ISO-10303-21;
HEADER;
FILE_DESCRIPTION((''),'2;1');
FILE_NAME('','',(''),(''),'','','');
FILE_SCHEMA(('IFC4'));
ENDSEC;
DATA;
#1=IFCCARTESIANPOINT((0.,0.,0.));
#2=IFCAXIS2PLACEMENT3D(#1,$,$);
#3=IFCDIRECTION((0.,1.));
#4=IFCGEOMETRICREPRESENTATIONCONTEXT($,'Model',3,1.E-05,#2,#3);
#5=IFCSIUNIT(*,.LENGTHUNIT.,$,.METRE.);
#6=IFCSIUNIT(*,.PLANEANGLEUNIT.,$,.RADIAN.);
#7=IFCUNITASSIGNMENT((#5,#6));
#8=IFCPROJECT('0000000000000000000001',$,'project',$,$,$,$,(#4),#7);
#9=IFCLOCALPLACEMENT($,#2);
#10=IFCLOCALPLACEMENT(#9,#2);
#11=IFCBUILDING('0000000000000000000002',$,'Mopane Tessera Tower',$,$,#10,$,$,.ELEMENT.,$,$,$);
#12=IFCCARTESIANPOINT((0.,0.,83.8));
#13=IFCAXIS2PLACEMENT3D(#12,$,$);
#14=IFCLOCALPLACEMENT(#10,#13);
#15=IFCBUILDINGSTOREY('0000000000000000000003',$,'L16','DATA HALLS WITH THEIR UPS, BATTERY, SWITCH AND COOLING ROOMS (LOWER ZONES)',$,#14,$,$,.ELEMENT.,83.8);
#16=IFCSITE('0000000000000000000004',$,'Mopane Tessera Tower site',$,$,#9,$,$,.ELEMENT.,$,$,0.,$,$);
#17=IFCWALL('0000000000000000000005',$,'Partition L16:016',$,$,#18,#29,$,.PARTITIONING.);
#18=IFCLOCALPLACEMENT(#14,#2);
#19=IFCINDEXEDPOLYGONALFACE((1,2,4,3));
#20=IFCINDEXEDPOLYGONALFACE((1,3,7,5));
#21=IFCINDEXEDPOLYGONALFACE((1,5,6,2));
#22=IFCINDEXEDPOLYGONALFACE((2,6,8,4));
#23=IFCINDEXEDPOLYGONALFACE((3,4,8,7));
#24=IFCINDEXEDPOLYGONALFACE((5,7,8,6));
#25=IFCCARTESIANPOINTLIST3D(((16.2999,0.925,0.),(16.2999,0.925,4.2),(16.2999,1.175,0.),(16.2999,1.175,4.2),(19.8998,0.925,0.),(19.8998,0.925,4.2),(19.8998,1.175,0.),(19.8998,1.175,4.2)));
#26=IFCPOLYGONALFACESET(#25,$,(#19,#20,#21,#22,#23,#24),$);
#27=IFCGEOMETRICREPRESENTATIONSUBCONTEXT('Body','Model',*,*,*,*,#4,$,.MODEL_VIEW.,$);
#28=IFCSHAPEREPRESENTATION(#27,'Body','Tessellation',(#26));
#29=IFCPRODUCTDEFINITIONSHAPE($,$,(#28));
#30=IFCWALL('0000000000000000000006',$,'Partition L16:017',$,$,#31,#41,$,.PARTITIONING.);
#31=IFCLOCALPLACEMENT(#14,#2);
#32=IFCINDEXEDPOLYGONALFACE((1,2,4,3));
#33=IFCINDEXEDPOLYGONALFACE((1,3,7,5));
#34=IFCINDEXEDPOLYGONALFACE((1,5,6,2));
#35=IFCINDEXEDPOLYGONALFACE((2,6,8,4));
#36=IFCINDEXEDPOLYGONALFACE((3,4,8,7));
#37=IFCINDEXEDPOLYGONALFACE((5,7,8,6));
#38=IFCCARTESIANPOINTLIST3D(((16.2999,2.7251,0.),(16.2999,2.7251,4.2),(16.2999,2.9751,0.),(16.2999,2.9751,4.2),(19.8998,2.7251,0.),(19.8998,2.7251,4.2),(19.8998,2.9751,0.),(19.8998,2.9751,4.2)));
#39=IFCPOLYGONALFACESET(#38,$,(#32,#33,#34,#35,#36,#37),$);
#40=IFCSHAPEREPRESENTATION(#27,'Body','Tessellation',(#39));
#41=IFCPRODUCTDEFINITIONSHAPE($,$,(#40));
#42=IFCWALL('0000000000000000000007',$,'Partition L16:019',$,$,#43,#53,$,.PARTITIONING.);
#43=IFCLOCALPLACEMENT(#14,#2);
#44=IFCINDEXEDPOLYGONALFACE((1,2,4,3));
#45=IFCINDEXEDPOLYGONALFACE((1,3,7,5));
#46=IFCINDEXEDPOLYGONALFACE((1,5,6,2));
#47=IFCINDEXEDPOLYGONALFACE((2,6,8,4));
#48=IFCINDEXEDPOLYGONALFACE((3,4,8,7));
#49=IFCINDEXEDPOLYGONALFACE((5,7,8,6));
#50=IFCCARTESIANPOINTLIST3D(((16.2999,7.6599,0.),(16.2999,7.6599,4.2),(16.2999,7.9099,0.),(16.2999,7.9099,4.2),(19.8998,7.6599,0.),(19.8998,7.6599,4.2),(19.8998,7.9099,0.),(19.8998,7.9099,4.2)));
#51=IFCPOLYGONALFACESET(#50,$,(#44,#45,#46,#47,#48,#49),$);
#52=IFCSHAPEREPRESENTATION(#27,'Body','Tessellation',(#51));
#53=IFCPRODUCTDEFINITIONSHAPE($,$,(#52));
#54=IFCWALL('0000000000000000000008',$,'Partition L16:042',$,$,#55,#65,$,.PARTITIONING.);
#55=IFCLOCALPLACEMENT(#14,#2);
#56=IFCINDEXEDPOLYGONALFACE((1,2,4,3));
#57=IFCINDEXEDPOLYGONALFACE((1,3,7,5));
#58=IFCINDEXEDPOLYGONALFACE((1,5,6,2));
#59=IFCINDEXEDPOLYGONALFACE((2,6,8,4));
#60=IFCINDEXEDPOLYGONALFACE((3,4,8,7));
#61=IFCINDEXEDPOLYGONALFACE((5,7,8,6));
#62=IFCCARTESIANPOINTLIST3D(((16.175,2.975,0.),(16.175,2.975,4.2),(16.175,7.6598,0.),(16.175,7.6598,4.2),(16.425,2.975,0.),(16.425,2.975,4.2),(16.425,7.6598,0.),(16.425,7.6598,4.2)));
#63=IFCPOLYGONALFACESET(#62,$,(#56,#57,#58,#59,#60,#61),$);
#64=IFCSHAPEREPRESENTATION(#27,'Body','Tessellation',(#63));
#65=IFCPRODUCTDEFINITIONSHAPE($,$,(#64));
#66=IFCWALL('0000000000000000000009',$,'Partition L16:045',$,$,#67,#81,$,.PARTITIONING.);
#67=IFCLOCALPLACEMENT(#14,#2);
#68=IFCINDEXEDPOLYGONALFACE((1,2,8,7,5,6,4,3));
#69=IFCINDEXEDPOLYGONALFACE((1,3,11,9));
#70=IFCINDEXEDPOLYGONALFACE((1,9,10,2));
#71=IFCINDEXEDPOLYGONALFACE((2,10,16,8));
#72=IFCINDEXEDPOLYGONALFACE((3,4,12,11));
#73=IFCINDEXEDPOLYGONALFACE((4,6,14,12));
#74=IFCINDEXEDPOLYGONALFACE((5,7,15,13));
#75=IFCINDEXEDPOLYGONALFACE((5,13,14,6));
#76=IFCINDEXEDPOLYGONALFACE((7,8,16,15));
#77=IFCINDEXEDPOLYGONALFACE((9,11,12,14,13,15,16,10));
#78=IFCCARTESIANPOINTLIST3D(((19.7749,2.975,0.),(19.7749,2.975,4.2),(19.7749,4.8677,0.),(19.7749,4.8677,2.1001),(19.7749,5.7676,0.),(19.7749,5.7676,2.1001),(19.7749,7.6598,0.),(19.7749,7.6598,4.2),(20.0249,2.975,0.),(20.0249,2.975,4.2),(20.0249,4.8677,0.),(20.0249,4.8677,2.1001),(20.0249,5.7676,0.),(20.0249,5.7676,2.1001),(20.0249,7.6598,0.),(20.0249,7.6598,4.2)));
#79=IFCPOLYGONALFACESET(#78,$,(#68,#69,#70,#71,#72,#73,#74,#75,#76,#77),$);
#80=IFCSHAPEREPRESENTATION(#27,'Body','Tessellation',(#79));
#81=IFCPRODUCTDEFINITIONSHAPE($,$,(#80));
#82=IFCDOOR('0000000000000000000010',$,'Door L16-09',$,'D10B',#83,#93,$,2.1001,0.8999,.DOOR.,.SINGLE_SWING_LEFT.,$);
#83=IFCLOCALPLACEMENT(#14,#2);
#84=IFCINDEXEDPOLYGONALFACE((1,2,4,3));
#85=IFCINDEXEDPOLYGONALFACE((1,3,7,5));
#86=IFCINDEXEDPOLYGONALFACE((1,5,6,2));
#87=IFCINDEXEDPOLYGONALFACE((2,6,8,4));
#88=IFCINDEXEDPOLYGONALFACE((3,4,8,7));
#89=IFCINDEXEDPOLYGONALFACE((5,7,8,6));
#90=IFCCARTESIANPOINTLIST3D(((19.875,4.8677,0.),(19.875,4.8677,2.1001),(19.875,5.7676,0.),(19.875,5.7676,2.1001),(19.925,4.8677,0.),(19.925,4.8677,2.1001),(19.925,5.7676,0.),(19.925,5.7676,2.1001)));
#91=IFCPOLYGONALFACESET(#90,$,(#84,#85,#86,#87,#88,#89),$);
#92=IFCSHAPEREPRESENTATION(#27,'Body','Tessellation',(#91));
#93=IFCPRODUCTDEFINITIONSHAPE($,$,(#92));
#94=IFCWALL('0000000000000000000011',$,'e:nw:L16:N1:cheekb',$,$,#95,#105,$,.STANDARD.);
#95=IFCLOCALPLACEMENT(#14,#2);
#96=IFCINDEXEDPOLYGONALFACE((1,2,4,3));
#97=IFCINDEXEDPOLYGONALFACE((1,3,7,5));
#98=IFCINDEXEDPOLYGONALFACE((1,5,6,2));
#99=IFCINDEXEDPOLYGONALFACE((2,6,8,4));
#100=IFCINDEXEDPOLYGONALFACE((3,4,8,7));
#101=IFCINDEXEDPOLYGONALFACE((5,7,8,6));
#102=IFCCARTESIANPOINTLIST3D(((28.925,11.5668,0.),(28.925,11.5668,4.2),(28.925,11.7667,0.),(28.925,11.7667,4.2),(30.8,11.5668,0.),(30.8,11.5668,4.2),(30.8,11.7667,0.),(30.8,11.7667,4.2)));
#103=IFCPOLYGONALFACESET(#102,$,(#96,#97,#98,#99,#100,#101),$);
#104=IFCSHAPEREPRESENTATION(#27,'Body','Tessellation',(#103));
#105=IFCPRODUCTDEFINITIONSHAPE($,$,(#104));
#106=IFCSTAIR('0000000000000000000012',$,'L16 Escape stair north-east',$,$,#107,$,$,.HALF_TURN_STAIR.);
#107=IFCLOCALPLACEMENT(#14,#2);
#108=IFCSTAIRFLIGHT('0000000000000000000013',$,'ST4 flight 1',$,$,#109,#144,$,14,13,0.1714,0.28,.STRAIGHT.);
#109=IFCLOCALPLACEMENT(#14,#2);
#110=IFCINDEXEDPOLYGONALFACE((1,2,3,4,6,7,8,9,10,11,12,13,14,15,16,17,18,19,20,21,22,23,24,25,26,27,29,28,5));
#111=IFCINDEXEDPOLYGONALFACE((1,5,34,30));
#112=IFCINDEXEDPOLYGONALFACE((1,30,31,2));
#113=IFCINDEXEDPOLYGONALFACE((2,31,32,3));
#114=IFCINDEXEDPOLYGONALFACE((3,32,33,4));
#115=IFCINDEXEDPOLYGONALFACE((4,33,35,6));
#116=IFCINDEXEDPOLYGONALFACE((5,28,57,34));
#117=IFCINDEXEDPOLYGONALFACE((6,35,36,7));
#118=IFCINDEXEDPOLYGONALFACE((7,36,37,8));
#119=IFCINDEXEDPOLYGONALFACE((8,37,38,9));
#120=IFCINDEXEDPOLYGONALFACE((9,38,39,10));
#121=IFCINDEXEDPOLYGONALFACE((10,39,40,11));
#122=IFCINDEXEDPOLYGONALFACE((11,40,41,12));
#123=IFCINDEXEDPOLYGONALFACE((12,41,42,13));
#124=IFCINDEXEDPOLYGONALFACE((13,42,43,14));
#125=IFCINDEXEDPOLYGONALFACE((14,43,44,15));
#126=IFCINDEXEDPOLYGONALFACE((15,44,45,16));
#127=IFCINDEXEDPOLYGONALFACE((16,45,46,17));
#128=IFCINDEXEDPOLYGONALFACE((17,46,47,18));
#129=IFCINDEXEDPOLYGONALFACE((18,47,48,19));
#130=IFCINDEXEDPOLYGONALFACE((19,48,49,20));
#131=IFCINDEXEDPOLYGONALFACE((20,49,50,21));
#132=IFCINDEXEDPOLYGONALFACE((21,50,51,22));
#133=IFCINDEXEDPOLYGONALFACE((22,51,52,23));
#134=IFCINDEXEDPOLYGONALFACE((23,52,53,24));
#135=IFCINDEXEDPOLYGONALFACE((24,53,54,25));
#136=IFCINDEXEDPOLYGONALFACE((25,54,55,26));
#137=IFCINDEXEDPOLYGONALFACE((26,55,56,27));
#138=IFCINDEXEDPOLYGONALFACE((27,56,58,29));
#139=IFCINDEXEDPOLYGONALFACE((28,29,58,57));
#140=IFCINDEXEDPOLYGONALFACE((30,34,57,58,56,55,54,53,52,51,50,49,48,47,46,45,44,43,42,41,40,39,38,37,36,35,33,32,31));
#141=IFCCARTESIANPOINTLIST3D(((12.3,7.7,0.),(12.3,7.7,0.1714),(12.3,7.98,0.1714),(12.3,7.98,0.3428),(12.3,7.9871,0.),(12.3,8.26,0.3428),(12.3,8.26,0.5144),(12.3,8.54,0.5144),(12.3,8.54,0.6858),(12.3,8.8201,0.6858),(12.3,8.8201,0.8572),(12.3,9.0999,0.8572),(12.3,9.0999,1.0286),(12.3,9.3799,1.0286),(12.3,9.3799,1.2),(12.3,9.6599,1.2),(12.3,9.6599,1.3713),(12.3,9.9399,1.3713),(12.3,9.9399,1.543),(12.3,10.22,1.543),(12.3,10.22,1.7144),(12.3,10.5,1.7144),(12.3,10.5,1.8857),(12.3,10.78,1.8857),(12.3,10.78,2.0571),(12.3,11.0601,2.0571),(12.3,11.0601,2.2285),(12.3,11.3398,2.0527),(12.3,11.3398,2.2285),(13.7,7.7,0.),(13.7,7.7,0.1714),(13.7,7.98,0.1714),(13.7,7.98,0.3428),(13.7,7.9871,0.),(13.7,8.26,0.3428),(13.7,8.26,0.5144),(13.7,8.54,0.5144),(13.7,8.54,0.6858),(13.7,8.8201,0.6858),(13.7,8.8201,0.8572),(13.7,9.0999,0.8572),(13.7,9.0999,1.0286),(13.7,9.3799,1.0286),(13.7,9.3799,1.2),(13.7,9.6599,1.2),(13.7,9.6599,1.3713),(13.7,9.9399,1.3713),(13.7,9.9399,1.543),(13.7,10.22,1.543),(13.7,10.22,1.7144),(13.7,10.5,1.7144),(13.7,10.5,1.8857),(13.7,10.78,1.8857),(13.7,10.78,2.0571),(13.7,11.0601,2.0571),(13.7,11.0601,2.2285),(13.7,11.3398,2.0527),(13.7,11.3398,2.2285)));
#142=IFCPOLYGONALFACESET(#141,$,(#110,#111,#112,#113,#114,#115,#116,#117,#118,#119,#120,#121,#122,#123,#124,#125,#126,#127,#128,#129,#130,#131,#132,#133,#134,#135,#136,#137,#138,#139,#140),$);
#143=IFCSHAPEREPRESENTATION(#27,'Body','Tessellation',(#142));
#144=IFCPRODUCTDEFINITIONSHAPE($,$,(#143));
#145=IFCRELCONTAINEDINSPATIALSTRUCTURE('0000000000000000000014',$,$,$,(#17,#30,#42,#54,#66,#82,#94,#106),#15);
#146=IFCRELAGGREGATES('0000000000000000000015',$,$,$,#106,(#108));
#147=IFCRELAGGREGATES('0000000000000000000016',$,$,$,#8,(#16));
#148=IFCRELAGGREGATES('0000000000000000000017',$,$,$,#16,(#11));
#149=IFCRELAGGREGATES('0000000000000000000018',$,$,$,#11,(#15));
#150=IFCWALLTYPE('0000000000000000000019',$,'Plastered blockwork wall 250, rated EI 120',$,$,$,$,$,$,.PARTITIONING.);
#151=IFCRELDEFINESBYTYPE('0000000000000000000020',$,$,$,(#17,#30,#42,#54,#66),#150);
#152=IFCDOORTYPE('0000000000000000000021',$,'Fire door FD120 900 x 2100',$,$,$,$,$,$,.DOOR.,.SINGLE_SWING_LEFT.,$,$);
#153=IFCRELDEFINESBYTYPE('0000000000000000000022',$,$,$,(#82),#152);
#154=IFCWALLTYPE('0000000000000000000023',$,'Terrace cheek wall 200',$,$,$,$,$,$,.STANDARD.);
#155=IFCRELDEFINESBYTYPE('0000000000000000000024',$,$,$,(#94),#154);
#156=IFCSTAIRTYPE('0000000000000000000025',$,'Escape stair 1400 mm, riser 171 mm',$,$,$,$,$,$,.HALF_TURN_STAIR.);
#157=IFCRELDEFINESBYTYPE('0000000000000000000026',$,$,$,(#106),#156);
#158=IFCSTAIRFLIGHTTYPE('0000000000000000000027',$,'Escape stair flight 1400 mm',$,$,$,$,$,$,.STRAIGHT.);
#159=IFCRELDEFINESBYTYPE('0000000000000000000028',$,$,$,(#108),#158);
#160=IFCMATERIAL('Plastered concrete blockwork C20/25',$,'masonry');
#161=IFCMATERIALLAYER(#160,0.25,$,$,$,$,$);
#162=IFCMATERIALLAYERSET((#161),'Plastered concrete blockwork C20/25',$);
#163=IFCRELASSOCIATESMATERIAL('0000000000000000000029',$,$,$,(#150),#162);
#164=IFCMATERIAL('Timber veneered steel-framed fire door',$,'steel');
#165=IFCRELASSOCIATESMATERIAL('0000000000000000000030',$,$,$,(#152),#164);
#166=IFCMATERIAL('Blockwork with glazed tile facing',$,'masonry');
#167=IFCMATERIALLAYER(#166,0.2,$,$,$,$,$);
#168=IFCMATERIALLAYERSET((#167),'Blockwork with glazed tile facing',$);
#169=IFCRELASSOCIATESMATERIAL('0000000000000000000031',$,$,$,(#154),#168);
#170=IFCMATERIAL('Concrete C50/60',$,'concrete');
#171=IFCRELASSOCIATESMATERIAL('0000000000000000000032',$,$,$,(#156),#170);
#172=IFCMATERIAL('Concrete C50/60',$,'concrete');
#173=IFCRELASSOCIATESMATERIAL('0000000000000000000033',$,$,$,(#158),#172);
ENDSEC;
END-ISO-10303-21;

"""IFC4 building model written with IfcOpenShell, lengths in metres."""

from ifc_helpers import new_model, si_unit, direction, frame, frame_2d, origin, place, context, subcontext, project, spatial, polyline, rectangle, outline, extrude, material, layer, layer_set, type_object, element, fill, aggregate, save


model = new_model("IFC4")

# Units and contexts
model_context = context("Model", 3, precision=1e-05, world=origin(), true_north=direction((0.0, 1.0)))
body_context = subcontext(model_context, "Body", "Model", "MODEL_VIEW")
ifc_project = project(units=[si_unit("LENGTHUNIT", "METRE"), si_unit("PLANEANGLEUNIT", "RADIAN")], contexts=[model_context])

# Site, building, storey
site_placement = place(None, origin())
site = spatial("IfcSite", under=ifc_project, at=site_placement, Name="Mopane Tessera Tower site", CompositionType="ELEMENT", RefElevation=0.0)
building_placement = place(site_placement, origin())
building = spatial("IfcBuilding", under=site, at=building_placement, Name="Mopane Tessera Tower", CompositionType="ELEMENT")
storey_placement = place(building_placement, frame((0.0, 0.0, 83.8)))
storey = spatial("IfcBuildingStorey", under=building, at=storey_placement, Name="L16", Description="DATA HALLS WITH THEIR UPS, BATTERY, SWITCH AND COOLING ROOMS (LOWER ZONES)", CompositionType="ELEMENT", Elevation=83.8)

# Walls
ifc_material_1 = material(Name="Plastered concrete blockwork C20/25", Category="masonry")
ifc_layer_1 = layer(ifc_material_1, 0.25)
ifc_layer_set_1 = layer_set([ifc_layer_1], Name="Plastered concrete blockwork C20/25")
wall_type_1 = type_object("IfcWallType", Name="Plastered blockwork wall 250, rated EI 120", PredefinedType="PARTITIONING", material=ifc_layer_set_1)
for number, where, z_axis, x_axis, name in (
    (1, (16.3, 1.05, 0.0), (0.0, 0.0, 1.0), (1.0, 0.0, 0.0), "Partition L16:016"),
    (2, (16.3, 2.8501, 0.0), (0.0, 0.0, 1.0), (1.0, 0.0, 0.0), "Partition L16:017"),
    (3, (16.3, 7.7849, 0.0), (0.0, 0.0, 1.0), (1.0, 0.0, 0.0), "Partition L16:019"),
):
    element("IfcWall", number, at=place(storey_placement, frame(where, z_axis=z_axis, x_axis=x_axis)), inside=storey, type_object=wall_type_1, Name=name, PredefinedType="PARTITIONING", context=body_context, shape_type="SweptSolid", body=[
        extrude(rectangle(XDim=3.5999, YDim=0.25, at=frame_2d((1.7998, 0.0))), origin(), (0.0, 0.0, 1.0), 4.2),
    ])
wall_1_placement = place(storey_placement, frame((16.3, 2.9751, 0.0), z_axis=(0.0, 0.0, 1.0), x_axis=(0.0, 1.0, 0.0)))
element("IfcWall", 4, at=wall_1_placement, inside=storey, type_object=wall_type_1, Name="Partition L16:042", PredefinedType="PARTITIONING", context=body_context, shape_type="SweptSolid", body=[
    extrude(rectangle(XDim=4.6848, YDim=0.25, at=frame_2d((2.3423, 0.0))), origin(), (0.0, 0.0, 1.0), 4.2),
])

# Wall, opening, door
wall_2_placement = place(storey_placement, frame((19.8999, 2.9751, 0.0), z_axis=(0.0, 0.0, 1.0), x_axis=(0.0, 1.0, 0.0)))
wall_2 = element("IfcWall", 5, at=wall_2_placement, inside=storey, type_object=wall_type_1, Name="Partition L16:045", PredefinedType="PARTITIONING", context=body_context, shape_type="SweptSolid", body=[
    extrude(rectangle(XDim=4.6848, YDim=0.25, at=frame_2d((2.3423, 0.0))), origin(), (0.0, 0.0, 1.0), 4.2),
])
opening_1_placement = place(wall_2_placement, frame((1.8926, 0.0, 0.0)))
opening_1 = element("IfcOpeningElement", 6, at=opening_1_placement, cuts=wall_2, PredefinedType="OPENING", context=body_context, shape_type="SweptSolid", body=[
    extrude(rectangle(XDim=0.8999, YDim=2.1001, at=frame_2d((0.45, 1.05))), frame((0.0, 0.137, 0.0), z_axis=(0.0, -1.0, 0.0), x_axis=(1.0, 0.0, 0.0)), (0.0, 0.0, 1.0), 0.2739),
])
ifc_material_2 = material(Name="Timber veneered steel-framed fire door", Category="steel")
door_type_1 = type_object("IfcDoorType", Name="Fire door FD120 900 x 2100", OperationType="SINGLE_SWING_LEFT", PredefinedType="DOOR", material=ifc_material_2)
door_1_placement = place(opening_1_placement, origin())
door_1 = element("IfcDoor", 7, at=door_1_placement, inside=storey, type_object=door_type_1, Name="Door L16-09", ObjectType="D10B", OperationType="SINGLE_SWING_LEFT", OverallHeight=2.1001, OverallWidth=0.8999, PredefinedType="DOOR", context=body_context, shape_type="SweptSolid", body=[
    extrude(rectangle(XDim=0.8999, YDim=2.1001, at=frame_2d((0.45, 1.05))), frame((0.0, 0.0249, 0.0), z_axis=(0.0, -1.0, 0.0), x_axis=(1.0, 0.0, 0.0)), (0.0, 0.0, 1.0), 0.05),
])
fill(opening_1, door_1)

# Wall
ifc_material_3 = material(Name="Blockwork with glazed tile facing", Category="masonry")
ifc_layer_2 = layer(ifc_material_3, 0.2)
ifc_layer_set_2 = layer_set([ifc_layer_2], Name="Blockwork with glazed tile facing")
wall_type_2 = type_object("IfcWallType", Name="Terrace cheek wall 200", PredefinedType="STANDARD", material=ifc_layer_set_2)
wall_3_placement = place(storey_placement, frame((30.8, 11.6667, 0.0), z_axis=(0.0, 0.0, 1.0), x_axis=(-1.0, 0.0, 0.0)))
element("IfcWall", 8, at=wall_3_placement, inside=storey, type_object=wall_type_2, Name="e:nw:L16:N1:cheekb", PredefinedType="STANDARD", context=body_context, shape_type="SweptSolid", body=[
    extrude(rectangle(XDim=1.875, YDim=0.2, at=frame_2d((0.9375, 0.0))), origin(), (0.0, 0.0, 1.0), 4.2),
])

# Stair, stair flight
ifc_material_4 = material(Name="Concrete C50/60", Category="concrete")
stair_type = type_object("IfcStairType", Name="Escape stair 1400 mm, riser 171 mm", PredefinedType="HALF_TURN_STAIR", material=ifc_material_4)
stair_placement = place(storey_placement, origin())
stair = element("IfcStair", 9, at=stair_placement, inside=storey, type_object=stair_type, Name="L16 Escape stair north-east", PredefinedType="HALF_TURN_STAIR")
ifc_material_5 = material(Name="Concrete C50/60", Category="concrete")
stair_flight_type = type_object("IfcStairFlightType", Name="Escape stair flight 1400 mm", PredefinedType="STRAIGHT", material=ifc_material_5)
stair_flight_placement = place(storey_placement, frame((13.0, 7.7, 0.0), z_axis=(0.0, 0.0, 1.0), x_axis=(0.0, 1.0, 0.0)))
stair_flight = element("IfcStairFlight", 10, at=stair_flight_placement, type_object=stair_flight_type, Name="ST4 flight 1", NumberOfRisers=14, NumberOfTreads=13, PredefinedType="STRAIGHT", RiserHeight=0.1714, TreadLength=0.28, context=body_context, shape_type="SweptSolid", body=[
    extrude(outline(polyline([(0.0, 0.0), (0.0, 0.1714), (0.28, 0.1714), (0.28, 0.3428), (0.5601, 0.3428), (0.5601, 0.5144), (0.8401, 0.5144), (0.8401, 0.6858), (1.1201, 0.6858), (1.1201, 0.8572), (1.3999, 0.8572), (1.3999, 1.0286), (1.6799, 1.0286), (1.6799, 1.2), (1.96, 1.2), (1.96, 1.3713), (2.24, 1.3713), (2.24, 1.543), (2.52, 1.543), (2.52, 1.7144), (2.8, 1.7144), (2.8, 1.8857), (3.0801, 1.8857), (3.0801, 2.0571), (3.3601, 2.0571), (3.3601, 2.2285), (3.6399, 2.2285), (3.6399, 2.3999), (3.6399, 2.0527), (0.2871, 0.0), (0.0, 0.0)])), frame((0.0, 0.7, 0.0), z_axis=(0.0, -1.0, 0.0), x_axis=(1.0, 0.0, 0.0)), (0.0, 0.0, 1.0), 1.3999),
])
aggregate(stair, [stair_flight])

save(model, "model.ifc")
